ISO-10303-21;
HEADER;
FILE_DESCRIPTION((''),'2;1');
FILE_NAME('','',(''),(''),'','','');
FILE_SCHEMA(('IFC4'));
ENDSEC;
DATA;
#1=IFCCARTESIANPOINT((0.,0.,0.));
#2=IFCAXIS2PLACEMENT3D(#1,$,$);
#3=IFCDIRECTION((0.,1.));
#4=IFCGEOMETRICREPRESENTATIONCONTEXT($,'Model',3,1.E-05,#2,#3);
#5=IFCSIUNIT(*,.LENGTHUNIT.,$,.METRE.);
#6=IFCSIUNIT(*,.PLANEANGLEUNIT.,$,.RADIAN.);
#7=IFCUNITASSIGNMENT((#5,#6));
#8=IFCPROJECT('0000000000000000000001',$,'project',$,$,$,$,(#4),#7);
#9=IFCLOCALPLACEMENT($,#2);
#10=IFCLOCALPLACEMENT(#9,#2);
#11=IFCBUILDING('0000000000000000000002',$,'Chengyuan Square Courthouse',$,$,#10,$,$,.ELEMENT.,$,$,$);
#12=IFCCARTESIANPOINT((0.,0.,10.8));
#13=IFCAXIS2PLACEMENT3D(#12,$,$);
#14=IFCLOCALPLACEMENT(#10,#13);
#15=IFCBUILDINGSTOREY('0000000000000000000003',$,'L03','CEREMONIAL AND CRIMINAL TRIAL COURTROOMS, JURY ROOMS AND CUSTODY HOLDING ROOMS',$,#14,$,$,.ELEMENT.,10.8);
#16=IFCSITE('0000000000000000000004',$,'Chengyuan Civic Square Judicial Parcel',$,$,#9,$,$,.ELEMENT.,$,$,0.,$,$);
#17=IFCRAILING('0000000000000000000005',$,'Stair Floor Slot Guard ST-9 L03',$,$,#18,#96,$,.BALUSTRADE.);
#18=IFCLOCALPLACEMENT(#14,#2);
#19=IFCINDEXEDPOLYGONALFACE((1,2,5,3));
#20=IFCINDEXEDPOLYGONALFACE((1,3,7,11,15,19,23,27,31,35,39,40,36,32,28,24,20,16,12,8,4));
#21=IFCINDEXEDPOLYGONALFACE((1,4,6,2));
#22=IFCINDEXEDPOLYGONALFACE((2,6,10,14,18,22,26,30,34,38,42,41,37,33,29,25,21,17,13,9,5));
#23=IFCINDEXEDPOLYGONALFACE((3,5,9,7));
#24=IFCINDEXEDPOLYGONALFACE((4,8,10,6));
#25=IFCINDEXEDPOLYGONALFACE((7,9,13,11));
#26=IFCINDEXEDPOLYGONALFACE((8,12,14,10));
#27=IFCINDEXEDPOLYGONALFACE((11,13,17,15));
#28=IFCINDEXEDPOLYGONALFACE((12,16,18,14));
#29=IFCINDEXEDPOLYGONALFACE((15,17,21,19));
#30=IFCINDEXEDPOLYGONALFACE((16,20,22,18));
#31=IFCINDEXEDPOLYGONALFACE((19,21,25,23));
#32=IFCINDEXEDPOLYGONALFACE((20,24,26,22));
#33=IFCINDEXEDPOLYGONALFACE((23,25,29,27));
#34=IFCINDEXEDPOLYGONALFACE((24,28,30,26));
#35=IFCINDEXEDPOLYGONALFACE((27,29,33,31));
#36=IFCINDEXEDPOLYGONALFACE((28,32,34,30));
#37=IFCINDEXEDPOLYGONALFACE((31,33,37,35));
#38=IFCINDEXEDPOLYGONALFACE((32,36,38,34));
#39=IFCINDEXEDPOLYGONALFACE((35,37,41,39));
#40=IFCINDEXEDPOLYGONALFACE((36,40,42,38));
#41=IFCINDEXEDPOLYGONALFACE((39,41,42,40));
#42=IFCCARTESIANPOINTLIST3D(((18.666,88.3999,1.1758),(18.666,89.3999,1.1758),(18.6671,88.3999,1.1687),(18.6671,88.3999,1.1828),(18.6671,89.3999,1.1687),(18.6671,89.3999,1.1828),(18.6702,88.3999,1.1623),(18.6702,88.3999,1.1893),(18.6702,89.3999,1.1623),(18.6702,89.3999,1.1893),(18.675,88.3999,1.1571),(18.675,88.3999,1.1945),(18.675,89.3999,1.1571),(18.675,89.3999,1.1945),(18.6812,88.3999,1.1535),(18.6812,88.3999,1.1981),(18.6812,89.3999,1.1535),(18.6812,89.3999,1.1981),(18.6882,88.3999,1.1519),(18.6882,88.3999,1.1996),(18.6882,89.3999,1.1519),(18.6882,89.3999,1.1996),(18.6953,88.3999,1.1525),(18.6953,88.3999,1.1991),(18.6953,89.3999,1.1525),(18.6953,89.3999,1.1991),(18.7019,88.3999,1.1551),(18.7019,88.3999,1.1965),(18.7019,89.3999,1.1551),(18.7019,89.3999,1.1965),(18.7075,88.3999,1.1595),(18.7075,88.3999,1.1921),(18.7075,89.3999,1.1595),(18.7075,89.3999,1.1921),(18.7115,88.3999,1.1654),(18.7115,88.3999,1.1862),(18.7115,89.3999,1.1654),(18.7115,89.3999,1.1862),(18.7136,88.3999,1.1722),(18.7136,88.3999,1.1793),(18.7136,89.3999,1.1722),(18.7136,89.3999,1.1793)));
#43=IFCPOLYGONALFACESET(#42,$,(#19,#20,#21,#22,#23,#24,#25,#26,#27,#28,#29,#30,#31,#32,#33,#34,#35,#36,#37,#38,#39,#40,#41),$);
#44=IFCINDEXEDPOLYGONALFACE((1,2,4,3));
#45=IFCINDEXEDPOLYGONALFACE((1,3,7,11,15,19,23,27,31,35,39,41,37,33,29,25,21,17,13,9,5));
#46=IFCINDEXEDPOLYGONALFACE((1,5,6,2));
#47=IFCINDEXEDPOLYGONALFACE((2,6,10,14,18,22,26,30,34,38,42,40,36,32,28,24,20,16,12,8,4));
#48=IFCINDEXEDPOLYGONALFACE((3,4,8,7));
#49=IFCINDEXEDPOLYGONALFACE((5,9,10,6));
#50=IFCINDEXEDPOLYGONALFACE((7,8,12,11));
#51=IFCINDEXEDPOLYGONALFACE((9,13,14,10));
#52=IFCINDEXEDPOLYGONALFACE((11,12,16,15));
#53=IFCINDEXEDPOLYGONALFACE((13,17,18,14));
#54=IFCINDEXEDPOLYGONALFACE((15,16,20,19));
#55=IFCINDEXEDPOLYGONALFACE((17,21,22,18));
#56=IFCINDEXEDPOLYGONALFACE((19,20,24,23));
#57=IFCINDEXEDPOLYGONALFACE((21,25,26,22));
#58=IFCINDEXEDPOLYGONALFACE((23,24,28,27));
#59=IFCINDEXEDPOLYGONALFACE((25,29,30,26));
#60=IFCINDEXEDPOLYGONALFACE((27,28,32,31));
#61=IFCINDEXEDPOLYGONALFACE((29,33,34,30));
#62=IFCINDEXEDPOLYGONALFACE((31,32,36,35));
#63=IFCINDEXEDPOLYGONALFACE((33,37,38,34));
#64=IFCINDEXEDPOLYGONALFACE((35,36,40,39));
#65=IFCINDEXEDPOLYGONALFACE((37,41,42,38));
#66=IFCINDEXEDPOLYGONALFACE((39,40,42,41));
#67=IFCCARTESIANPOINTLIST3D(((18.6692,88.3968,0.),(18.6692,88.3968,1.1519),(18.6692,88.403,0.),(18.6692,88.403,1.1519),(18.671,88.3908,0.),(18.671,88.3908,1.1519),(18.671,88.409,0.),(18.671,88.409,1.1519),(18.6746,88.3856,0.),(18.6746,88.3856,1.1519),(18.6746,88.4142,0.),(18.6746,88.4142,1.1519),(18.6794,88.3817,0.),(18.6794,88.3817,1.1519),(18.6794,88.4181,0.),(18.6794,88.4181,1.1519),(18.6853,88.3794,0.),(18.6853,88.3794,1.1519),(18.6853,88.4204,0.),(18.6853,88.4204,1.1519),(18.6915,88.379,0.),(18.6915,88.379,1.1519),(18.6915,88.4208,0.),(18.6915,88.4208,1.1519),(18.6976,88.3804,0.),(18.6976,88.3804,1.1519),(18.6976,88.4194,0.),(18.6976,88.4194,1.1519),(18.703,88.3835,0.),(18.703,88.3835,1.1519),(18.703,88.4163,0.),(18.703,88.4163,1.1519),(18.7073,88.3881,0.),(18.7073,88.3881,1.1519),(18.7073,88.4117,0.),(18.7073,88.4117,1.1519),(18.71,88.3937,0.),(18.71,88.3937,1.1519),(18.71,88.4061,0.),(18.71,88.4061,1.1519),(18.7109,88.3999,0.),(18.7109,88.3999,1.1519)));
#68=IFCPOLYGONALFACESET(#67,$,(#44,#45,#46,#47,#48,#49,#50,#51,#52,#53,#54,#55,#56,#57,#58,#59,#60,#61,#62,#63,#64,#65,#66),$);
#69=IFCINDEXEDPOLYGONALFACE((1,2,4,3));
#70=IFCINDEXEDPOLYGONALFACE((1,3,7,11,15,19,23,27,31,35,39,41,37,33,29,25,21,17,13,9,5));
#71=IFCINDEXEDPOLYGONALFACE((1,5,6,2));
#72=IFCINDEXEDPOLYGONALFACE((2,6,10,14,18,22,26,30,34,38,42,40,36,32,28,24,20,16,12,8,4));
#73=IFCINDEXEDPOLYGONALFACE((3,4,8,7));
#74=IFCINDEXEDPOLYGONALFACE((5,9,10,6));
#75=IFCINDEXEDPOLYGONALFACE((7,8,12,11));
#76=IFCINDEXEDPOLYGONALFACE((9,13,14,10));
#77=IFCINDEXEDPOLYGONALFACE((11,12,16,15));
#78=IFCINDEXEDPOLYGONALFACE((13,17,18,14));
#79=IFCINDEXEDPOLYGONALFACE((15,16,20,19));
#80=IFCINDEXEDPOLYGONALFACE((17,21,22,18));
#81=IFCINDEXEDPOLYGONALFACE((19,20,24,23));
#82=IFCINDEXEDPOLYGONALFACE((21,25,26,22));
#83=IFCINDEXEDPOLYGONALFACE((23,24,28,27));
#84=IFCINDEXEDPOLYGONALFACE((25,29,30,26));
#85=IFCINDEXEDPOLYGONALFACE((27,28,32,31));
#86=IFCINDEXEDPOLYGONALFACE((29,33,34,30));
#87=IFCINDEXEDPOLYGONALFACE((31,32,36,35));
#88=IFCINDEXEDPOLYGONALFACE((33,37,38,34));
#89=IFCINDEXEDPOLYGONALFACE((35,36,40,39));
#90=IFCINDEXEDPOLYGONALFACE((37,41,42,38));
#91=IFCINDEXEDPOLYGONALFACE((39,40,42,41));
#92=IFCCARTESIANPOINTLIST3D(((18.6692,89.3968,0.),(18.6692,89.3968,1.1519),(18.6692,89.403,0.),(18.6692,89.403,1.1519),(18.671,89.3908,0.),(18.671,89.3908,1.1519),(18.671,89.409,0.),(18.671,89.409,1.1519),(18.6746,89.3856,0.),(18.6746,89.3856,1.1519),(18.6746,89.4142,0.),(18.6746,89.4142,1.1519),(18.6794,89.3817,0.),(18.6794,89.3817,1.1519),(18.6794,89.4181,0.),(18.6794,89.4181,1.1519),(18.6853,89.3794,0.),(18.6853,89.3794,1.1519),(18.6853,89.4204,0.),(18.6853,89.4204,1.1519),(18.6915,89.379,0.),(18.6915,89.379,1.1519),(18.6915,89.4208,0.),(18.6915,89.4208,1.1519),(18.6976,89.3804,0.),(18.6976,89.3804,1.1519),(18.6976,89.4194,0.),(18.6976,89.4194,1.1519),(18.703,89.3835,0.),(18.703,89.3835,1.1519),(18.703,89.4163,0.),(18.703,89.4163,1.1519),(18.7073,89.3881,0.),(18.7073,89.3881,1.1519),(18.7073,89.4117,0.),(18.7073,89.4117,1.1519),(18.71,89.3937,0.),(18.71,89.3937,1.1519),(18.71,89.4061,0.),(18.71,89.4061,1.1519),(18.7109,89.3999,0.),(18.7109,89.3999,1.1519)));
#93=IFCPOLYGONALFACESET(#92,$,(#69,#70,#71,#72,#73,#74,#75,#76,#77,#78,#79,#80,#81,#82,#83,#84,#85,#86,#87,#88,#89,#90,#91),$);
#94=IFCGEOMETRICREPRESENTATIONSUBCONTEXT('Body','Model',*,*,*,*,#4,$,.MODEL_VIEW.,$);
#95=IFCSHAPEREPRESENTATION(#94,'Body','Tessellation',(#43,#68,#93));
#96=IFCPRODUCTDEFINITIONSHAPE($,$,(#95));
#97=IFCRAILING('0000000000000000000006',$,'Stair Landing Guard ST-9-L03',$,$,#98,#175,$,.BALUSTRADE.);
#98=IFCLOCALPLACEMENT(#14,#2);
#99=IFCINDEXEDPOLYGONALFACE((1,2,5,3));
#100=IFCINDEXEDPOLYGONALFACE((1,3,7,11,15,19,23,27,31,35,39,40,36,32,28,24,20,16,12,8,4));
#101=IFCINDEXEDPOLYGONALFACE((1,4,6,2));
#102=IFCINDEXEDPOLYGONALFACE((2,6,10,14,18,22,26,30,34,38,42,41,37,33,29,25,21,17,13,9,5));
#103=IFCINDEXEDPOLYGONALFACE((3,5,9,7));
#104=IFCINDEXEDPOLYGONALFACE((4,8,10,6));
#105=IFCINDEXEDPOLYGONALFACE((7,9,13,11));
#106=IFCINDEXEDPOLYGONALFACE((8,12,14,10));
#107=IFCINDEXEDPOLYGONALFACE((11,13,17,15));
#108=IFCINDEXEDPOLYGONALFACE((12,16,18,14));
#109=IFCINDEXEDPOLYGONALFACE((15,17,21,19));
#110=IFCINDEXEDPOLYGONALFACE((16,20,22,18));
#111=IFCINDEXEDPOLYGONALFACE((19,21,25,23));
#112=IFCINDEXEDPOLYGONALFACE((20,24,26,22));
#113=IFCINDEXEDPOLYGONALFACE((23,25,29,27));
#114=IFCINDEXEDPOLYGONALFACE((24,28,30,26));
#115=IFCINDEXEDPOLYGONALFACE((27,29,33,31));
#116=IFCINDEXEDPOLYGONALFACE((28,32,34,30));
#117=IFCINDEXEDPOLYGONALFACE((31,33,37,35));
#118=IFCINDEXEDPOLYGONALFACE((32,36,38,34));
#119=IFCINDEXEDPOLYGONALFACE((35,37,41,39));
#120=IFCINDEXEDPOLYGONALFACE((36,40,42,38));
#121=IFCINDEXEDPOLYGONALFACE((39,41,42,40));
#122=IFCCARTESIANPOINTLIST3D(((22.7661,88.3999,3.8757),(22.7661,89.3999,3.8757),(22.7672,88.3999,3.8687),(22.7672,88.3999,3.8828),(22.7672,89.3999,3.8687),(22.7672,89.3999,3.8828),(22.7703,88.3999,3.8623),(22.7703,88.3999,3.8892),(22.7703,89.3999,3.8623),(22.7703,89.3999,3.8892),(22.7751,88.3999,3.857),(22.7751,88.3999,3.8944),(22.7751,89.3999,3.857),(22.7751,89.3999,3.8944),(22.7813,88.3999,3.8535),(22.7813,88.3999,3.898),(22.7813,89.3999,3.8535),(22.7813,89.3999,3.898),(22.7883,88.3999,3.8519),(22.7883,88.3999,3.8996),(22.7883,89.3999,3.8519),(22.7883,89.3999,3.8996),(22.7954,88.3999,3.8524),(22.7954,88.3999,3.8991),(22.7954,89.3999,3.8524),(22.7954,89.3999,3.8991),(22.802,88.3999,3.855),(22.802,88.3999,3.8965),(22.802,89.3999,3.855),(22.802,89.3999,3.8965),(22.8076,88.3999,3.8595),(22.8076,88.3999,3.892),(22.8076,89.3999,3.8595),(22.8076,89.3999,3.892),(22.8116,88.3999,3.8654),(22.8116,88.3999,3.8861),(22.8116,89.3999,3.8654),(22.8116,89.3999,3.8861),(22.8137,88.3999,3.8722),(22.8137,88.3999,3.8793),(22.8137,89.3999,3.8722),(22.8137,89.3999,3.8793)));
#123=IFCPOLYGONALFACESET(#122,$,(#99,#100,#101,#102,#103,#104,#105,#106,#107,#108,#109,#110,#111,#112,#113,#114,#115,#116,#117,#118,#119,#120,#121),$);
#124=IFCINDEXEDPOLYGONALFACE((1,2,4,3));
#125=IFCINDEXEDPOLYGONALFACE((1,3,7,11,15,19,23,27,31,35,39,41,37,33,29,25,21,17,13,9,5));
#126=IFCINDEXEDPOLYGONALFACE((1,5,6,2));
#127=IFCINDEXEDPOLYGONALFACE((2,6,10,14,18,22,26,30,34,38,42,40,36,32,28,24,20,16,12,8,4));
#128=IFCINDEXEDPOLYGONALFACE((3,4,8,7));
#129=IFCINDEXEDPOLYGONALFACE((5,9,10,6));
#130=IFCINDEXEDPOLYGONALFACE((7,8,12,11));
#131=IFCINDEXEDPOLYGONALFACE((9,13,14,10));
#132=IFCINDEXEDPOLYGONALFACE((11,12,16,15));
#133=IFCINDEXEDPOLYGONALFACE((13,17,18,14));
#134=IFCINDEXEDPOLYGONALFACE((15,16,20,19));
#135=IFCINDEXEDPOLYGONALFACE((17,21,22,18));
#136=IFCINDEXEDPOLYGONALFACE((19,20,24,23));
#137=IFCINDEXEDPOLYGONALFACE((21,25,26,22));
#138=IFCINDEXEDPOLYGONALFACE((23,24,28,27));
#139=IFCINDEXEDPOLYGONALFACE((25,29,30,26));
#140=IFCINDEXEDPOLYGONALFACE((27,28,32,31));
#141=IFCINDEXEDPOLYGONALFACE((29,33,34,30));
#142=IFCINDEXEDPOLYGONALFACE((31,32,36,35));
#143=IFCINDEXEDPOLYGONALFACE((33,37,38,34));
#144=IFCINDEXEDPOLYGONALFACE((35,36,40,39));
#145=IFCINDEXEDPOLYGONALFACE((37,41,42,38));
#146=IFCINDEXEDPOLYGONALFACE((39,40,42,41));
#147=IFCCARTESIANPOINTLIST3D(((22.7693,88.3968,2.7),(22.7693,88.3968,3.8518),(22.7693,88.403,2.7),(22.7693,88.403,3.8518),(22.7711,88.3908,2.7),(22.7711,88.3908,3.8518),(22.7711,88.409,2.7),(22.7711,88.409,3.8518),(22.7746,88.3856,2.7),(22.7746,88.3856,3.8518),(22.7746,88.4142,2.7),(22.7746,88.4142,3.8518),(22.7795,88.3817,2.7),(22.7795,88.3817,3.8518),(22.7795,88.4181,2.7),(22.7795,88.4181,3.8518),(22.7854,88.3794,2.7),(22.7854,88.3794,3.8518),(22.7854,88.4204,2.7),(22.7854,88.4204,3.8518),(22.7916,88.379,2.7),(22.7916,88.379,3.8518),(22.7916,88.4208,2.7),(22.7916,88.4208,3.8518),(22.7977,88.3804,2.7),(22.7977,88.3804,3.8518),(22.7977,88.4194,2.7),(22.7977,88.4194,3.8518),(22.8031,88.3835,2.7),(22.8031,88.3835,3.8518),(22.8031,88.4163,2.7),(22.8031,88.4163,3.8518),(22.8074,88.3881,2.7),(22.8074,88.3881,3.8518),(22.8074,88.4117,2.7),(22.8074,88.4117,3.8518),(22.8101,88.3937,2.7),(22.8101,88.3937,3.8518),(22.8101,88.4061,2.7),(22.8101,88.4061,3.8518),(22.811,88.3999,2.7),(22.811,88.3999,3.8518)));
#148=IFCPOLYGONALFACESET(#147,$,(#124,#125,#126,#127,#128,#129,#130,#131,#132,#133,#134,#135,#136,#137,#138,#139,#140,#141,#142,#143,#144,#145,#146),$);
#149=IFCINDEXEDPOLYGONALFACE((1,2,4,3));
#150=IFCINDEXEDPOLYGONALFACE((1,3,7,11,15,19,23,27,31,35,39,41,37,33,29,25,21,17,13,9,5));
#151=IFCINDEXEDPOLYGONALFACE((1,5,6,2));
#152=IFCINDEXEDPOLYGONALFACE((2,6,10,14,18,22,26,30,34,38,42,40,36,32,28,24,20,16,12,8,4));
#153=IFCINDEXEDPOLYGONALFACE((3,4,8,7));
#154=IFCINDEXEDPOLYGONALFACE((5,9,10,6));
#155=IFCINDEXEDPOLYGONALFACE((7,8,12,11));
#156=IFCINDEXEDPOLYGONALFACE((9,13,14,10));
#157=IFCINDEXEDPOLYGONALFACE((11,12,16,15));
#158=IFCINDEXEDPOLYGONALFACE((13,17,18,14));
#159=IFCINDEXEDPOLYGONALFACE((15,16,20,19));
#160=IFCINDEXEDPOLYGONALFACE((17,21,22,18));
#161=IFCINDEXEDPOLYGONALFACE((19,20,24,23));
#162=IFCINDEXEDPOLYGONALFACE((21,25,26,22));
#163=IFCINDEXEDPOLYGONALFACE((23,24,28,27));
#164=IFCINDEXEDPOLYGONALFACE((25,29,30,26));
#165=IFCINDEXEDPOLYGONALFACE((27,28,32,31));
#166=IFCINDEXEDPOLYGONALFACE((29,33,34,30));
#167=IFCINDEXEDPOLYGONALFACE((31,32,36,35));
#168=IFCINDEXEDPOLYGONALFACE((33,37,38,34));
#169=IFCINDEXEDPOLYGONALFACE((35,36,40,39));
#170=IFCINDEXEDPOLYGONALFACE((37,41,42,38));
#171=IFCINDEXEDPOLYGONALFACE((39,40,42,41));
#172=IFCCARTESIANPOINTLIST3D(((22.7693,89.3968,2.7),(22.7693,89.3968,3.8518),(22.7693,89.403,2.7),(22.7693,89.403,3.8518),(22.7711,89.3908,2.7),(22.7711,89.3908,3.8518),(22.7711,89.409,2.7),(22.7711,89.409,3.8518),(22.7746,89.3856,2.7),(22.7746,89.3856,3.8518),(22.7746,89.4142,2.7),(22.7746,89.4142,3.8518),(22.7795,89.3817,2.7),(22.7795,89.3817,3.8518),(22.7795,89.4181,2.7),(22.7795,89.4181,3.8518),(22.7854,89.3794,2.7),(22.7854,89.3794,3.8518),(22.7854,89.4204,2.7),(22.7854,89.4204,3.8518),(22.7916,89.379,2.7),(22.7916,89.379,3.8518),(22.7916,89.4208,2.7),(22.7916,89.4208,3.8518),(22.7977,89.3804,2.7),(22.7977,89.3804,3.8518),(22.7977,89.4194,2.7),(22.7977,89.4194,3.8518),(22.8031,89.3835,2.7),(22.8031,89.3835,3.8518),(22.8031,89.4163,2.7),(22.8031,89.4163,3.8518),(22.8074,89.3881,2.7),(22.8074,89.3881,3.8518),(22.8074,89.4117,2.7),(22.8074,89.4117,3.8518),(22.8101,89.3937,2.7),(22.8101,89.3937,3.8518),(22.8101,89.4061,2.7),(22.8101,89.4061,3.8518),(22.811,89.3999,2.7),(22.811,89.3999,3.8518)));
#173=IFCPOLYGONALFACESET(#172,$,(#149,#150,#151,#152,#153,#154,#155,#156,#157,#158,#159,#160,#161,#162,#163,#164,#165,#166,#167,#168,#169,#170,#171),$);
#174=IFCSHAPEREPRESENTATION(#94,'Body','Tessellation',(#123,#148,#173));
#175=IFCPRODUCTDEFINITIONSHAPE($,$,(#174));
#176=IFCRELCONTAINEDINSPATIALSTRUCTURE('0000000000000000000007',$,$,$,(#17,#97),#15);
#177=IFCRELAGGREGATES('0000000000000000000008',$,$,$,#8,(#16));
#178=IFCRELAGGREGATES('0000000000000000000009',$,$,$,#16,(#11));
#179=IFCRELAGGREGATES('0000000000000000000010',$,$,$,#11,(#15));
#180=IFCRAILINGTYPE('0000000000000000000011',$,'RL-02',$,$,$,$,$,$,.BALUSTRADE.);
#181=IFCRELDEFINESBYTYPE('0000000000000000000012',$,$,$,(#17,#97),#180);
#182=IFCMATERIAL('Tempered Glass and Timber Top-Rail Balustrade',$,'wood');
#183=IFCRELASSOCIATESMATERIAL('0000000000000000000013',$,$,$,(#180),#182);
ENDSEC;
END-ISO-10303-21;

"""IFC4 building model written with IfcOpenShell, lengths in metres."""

from ifc_helpers import new_model, si_unit, direction, frame, origin, origin_2d, place, context, subcontext, project, spatial, circle, extrude, material, type_object, element, save


model = new_model("IFC4")

# Units and contexts
model_context = context("Model", 3, precision=1e-05, world=origin(), true_north=direction((0.0, 1.0)))
body_context = subcontext(model_context, "Body", "Model", "MODEL_VIEW")
ifc_project = project(units=[si_unit("LENGTHUNIT", "METRE"), si_unit("PLANEANGLEUNIT", "RADIAN")], contexts=[model_context])

# Site, building, storey
site_placement = place(None, origin())
site = spatial("IfcSite", under=ifc_project, at=site_placement, Name="Chengyuan Civic Square Judicial Parcel", CompositionType="ELEMENT", RefElevation=0.0)
building_placement = place(site_placement, origin())
building = spatial("IfcBuilding", under=site, at=building_placement, Name="Chengyuan Square Courthouse", CompositionType="ELEMENT")
storey_placement = place(building_placement, frame((0.0, 0.0, 10.8)))
storey = spatial("IfcBuildingStorey", under=building, at=storey_placement, Name="L03", Description="CEREMONIAL AND CRIMINAL TRIAL COURTROOMS, JURY ROOMS AND CUSTODY HOLDING ROOMS", CompositionType="ELEMENT", Elevation=10.8)

# Railings
ifc_material_1 = material(Name="Tempered Glass and Timber Top-Rail Balustrade", Category="wood")
railing_type_1 = type_object("IfcRailingType", Name="RL-02", PredefinedType="BALUSTRADE", material=ifc_material_1)
for number, where, name in (
    (1, (18.6899, 88.3999, 0.0), "Stair Floor Slot Guard ST-9 L03"),
    (2, (22.79, 88.3999, 2.7), "Stair Landing Guard ST-9-L03"),
):
    element("IfcRailing", number, at=place(storey_placement, frame(where)), inside=storey, type_object=railing_type_1, Name=name, PredefinedType="BALUSTRADE", context=body_context, shape_type="SweptSolid", body=[
        extrude(circle(Radius=0.0239, at=origin_2d()), frame((0.0, 0.0, 1.1758), z_axis=(0.0, 1.0, 0.0), x_axis=(-1.0, 0.0, 0.0)), (0.0, 0.0, 1.0), 1.0),
        extrude(circle(Radius=0.021, at=origin_2d()), origin(), (0.0, 0.0, 1.0), 1.1519),
        extrude(circle(Radius=0.021, at=origin_2d()), frame((0.0, 1.0, 0.0)), (0.0, 0.0, 1.0), 1.1519),
    ])

save(model, "model.ifc")
